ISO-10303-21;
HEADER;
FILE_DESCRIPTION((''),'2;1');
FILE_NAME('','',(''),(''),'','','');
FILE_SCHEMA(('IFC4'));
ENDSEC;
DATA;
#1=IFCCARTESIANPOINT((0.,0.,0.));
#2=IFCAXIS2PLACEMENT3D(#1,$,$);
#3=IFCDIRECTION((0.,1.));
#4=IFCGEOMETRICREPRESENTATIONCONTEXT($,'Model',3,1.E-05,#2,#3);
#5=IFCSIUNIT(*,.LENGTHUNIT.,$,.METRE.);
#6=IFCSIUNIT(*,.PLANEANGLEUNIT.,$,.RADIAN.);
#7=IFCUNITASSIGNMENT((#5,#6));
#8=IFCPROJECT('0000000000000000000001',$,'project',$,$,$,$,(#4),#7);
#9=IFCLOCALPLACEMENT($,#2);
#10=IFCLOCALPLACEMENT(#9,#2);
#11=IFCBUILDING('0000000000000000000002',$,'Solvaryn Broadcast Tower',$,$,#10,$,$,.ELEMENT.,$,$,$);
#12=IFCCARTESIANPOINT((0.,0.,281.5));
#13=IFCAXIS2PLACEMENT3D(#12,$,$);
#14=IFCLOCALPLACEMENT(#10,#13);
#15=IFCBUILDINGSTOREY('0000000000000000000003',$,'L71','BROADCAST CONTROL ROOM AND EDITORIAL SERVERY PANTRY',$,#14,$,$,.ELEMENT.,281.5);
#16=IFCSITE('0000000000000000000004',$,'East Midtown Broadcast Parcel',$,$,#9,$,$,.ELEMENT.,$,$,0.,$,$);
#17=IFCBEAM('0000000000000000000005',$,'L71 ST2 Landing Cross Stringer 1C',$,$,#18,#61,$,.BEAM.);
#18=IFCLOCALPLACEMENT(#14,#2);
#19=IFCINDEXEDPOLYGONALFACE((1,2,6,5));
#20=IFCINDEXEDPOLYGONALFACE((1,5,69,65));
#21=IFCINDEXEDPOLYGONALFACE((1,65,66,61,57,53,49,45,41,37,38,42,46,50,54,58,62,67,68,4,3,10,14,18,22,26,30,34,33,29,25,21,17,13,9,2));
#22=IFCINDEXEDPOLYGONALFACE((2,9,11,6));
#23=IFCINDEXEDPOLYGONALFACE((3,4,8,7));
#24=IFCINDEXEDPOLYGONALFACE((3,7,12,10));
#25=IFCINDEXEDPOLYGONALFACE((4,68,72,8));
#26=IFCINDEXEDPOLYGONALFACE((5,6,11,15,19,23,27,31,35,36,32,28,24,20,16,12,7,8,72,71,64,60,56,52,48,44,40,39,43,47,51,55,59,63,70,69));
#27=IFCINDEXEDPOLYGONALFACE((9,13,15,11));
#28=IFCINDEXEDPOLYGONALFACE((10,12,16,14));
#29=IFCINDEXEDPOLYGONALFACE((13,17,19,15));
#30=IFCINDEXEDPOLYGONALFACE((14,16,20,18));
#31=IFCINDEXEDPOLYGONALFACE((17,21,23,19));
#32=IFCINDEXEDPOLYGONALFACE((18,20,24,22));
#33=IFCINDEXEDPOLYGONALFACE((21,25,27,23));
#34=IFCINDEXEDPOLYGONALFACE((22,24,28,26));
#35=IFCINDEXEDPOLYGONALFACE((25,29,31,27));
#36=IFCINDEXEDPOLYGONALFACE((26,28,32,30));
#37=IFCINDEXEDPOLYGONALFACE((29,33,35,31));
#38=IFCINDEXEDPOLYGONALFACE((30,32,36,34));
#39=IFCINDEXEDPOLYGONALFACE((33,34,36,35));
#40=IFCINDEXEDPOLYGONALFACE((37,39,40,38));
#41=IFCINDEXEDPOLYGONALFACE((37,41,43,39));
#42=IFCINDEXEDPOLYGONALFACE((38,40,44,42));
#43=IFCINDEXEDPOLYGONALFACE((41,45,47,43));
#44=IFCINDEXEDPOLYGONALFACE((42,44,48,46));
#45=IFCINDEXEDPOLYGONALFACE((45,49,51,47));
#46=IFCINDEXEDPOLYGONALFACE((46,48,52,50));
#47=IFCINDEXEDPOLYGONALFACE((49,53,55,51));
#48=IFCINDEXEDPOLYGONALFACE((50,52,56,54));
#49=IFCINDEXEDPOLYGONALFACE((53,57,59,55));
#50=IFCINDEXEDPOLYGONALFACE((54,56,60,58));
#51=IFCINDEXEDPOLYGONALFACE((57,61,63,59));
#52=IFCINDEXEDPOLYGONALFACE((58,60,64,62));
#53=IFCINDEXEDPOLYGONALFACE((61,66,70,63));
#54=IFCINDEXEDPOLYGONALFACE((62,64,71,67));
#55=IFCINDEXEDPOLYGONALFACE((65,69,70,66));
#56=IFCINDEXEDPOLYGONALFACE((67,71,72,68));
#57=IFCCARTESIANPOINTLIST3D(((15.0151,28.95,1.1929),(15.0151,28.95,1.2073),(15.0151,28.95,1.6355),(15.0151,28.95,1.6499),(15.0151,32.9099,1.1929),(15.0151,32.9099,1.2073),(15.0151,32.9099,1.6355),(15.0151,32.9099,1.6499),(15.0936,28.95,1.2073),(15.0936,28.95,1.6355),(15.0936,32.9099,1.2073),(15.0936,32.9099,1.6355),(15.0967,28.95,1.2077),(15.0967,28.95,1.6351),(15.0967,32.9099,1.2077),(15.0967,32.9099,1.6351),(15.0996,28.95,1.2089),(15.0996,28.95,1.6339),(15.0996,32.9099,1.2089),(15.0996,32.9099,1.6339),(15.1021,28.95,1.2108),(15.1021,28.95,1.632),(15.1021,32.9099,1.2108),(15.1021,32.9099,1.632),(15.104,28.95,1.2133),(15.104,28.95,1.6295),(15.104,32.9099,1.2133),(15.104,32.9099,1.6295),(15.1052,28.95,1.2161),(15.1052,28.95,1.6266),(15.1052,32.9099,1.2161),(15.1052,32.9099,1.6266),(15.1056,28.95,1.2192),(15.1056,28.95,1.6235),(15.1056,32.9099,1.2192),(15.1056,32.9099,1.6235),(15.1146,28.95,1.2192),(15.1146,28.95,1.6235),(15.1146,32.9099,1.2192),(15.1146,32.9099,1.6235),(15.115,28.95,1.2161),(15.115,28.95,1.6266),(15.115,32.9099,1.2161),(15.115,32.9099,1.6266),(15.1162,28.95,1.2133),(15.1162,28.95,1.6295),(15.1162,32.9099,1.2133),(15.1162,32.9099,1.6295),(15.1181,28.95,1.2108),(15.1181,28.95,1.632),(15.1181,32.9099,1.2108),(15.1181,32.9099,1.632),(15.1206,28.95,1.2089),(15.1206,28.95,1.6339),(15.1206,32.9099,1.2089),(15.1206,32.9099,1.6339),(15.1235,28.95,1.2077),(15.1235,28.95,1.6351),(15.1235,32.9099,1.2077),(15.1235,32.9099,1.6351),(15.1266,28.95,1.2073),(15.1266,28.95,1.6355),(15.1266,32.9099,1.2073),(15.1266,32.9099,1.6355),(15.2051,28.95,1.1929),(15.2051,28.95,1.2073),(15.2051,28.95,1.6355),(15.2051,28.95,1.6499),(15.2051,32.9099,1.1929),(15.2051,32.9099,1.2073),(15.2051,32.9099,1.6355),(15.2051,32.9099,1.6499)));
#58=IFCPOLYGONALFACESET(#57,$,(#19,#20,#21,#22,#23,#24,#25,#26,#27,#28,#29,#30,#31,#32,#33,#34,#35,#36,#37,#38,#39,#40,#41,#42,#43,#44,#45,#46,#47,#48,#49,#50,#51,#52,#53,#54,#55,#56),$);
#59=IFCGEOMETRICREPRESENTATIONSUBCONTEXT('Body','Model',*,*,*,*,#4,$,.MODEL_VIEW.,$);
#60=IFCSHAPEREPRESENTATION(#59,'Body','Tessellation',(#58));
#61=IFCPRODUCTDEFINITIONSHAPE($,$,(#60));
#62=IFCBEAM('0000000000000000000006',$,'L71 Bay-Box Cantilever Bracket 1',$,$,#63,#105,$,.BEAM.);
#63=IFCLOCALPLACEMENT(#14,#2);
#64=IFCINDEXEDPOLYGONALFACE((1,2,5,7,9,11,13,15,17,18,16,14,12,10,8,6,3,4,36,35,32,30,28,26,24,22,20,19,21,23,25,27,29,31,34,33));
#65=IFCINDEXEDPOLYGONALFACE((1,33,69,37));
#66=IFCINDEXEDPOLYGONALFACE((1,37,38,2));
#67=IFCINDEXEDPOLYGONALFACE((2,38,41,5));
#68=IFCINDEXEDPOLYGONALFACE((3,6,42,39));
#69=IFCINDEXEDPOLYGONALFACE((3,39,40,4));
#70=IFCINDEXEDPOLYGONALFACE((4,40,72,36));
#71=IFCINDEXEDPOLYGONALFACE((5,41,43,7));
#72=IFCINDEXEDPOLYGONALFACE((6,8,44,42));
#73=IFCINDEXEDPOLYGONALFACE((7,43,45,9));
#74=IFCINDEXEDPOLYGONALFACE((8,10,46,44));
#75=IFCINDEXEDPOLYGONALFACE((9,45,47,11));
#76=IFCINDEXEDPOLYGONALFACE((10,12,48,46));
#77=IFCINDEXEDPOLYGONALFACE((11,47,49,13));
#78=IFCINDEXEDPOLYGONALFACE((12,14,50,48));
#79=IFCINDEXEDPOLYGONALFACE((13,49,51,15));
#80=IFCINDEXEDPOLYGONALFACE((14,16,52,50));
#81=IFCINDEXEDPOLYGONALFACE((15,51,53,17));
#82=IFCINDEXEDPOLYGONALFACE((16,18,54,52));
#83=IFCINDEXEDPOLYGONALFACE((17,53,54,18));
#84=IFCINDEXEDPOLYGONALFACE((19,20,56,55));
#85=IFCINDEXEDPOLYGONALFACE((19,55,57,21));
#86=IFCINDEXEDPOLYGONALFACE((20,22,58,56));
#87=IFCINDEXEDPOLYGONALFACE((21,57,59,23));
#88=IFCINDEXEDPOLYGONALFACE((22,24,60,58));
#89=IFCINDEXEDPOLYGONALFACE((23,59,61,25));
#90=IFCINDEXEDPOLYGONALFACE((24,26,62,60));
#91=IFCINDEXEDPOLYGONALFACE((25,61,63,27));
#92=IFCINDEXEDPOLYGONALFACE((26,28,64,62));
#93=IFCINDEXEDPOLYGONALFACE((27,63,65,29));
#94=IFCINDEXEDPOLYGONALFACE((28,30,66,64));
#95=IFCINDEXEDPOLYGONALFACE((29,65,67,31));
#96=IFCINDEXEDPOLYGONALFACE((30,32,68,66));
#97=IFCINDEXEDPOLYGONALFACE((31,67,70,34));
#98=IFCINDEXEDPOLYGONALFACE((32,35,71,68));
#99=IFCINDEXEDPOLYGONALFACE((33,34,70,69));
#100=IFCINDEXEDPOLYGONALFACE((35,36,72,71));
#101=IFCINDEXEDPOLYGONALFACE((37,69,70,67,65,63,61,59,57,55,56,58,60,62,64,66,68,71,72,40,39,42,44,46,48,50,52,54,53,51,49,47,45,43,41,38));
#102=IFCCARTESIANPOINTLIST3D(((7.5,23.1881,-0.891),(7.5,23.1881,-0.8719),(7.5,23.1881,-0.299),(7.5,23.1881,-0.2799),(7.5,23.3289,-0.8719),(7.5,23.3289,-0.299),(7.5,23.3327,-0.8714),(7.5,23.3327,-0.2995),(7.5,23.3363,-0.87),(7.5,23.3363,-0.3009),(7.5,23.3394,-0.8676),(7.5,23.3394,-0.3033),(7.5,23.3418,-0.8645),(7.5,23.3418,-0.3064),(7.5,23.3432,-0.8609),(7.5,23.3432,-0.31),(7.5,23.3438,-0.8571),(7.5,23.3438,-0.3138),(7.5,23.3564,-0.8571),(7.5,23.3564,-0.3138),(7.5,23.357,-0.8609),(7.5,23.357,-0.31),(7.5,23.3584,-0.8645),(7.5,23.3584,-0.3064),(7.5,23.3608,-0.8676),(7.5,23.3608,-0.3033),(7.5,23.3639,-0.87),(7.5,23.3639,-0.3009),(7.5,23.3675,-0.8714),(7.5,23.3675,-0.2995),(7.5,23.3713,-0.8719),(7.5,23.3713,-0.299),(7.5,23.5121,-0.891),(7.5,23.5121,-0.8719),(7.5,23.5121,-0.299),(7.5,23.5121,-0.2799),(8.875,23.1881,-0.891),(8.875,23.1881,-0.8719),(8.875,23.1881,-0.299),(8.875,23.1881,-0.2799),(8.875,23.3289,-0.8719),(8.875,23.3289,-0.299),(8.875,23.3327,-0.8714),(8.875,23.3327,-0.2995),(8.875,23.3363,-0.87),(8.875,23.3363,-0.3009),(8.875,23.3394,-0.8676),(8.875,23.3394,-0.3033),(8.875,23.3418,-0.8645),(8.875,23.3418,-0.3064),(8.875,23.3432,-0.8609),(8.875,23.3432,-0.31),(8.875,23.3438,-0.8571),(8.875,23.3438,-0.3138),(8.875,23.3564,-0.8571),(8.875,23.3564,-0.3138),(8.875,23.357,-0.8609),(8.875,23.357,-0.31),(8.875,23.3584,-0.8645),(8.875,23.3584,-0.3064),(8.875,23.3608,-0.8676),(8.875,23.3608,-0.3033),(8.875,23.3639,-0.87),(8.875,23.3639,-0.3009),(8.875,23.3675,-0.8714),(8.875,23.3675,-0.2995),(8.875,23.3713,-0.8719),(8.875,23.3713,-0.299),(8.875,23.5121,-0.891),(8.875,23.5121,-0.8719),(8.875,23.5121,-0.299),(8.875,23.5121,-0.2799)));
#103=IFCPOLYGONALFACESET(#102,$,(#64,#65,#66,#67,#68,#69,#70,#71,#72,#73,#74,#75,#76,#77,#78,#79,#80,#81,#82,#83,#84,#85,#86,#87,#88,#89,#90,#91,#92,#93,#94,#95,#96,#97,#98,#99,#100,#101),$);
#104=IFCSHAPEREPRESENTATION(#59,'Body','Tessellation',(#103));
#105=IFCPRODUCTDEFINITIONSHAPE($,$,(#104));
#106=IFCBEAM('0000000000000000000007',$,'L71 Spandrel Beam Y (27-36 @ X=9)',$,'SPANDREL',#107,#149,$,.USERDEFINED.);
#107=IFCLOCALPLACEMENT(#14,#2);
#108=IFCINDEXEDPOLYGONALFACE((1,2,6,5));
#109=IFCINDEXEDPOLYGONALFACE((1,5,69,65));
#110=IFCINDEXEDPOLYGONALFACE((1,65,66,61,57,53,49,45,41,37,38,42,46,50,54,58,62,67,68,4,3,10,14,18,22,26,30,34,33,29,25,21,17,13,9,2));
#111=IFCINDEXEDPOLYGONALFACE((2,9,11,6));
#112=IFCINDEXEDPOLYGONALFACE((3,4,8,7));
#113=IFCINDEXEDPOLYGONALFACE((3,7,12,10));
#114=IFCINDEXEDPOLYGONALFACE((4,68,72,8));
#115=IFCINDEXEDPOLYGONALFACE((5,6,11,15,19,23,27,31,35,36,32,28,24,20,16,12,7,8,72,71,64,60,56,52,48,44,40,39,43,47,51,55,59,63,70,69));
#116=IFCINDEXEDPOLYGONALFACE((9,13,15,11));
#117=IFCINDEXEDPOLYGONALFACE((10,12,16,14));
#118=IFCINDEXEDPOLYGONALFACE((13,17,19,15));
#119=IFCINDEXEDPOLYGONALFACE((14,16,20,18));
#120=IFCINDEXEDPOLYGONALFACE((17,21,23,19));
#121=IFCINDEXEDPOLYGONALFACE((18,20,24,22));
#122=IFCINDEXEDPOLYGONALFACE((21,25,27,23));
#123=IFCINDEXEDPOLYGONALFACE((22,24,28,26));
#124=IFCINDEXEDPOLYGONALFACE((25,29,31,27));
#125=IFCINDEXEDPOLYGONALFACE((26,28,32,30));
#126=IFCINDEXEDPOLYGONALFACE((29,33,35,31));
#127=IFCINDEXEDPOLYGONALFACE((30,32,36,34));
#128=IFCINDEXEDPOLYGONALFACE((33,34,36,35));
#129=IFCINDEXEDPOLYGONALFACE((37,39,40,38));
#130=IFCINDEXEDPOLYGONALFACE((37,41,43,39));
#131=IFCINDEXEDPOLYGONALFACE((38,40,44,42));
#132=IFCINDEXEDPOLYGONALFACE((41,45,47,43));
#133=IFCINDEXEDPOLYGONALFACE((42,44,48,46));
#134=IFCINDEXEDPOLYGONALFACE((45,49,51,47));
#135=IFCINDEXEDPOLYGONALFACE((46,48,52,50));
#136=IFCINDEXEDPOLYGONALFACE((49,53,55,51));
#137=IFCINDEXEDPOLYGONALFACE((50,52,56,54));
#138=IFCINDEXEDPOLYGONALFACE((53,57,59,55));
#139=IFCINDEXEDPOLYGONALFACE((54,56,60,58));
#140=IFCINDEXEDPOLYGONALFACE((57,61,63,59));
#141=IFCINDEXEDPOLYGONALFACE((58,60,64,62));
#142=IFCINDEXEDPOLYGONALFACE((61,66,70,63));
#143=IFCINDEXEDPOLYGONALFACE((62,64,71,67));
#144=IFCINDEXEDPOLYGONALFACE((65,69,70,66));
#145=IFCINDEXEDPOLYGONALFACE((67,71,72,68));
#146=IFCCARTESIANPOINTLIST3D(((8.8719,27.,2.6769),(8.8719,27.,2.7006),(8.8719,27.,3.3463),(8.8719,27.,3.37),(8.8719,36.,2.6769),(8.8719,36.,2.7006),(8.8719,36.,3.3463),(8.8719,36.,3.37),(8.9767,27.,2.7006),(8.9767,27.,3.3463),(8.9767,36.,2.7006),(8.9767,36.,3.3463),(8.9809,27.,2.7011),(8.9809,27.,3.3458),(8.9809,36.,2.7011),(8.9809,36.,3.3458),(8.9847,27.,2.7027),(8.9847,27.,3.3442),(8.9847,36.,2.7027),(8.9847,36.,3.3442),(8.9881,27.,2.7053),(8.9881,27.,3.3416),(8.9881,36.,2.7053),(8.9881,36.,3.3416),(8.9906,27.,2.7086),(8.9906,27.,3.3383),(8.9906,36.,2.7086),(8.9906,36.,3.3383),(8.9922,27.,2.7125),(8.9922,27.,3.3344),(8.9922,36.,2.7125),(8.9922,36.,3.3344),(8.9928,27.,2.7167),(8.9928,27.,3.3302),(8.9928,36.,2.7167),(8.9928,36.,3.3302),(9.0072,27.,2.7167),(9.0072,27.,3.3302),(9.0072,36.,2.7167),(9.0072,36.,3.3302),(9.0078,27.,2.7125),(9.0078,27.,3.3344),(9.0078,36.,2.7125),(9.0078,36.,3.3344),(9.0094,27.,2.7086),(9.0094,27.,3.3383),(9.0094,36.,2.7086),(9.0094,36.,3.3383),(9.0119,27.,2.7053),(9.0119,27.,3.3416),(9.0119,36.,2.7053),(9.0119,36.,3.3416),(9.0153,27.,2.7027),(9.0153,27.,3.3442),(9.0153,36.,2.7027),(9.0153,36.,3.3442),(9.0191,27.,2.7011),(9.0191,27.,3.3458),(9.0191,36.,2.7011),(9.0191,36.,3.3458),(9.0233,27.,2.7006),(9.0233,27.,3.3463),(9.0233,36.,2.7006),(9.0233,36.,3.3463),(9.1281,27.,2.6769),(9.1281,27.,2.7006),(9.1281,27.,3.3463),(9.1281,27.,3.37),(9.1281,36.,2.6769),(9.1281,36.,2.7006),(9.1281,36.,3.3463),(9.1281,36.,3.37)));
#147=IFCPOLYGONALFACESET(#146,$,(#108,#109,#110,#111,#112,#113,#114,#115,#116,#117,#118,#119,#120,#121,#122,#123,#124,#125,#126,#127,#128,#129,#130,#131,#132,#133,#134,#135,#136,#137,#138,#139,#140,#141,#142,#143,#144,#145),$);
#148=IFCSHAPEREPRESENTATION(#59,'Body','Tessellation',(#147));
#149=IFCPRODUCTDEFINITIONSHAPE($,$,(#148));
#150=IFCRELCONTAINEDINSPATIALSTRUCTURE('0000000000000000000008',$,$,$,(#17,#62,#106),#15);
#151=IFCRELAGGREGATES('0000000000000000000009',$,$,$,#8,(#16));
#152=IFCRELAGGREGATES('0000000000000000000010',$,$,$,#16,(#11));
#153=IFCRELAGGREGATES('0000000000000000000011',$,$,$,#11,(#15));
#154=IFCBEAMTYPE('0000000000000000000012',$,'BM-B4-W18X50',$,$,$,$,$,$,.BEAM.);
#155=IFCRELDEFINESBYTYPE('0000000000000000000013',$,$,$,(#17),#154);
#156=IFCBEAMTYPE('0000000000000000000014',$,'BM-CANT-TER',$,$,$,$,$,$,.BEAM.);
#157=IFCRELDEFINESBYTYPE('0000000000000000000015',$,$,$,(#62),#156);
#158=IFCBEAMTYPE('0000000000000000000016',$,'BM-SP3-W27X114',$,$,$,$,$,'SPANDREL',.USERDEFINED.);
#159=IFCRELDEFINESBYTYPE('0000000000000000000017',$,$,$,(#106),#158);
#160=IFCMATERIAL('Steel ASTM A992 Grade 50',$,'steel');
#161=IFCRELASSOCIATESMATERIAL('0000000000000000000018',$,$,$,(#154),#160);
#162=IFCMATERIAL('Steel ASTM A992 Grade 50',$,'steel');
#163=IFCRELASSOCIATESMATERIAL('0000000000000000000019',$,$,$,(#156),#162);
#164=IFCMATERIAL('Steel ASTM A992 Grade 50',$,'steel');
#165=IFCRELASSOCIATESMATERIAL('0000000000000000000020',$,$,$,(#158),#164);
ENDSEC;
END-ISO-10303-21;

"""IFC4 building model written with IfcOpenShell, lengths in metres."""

from ifc_helpers import new_model, si_unit, direction, frame, origin, origin_2d, place, context, subcontext, project, spatial, i_section, extrude, material, material_profile, profile_set, type_object, element, save


model = new_model("IFC4")

# Units and contexts
model_context = context("Model", 3, precision=1e-05, world=origin(), true_north=direction((0.0, 1.0)))
body_context = subcontext(model_context, "Body", "Model", "MODEL_VIEW")
ifc_project = project(units=[si_unit("LENGTHUNIT", "METRE"), si_unit("PLANEANGLEUNIT", "RADIAN")], contexts=[model_context])

# Site, building, storey
site_placement = place(None, origin())
site = spatial("IfcSite", under=ifc_project, at=site_placement, Name="East Midtown Broadcast Parcel", CompositionType="ELEMENT", RefElevation=0.0)
building_placement = place(site_placement, origin())
building = spatial("IfcBuilding", under=site, at=building_placement, Name="Solvaryn Broadcast Tower", CompositionType="ELEMENT")
storey_placement = place(building_placement, frame((0.0, 0.0, 281.5)))
storey = spatial("IfcBuildingStorey", under=building, at=storey_placement, Name="L71", Description="BROADCAST CONTROL ROOM AND EDITORIAL SERVERY PANTRY", CompositionType="ELEMENT", Elevation=281.5)

# Beams
ifc_material_1 = material(Name="Steel ASTM A992 Grade 50", Category="steel")
ifc_material_profile_1 = material_profile(ifc_material_1, i_section(OverallWidth=0.1899, OverallDepth=0.457, WebThickness=0.009, FlangeThickness=0.0144, FilletRadius=0.012, at=origin_2d()))
ifc_profile_set_1 = profile_set([ifc_material_profile_1], Name="Steel ASTM A992 Grade 50")
beam_type_1 = type_object("IfcBeamType", Name="BM-B4-W18X50", PredefinedType="BEAM", material=ifc_profile_set_1)
beam_1_placement = place(storey_placement, frame((15.1101, 28.95, 1.4214), z_axis=(0.0, 1.0, 0.0), x_axis=(-1.0, 0.0, 0.0)))
element("IfcBeam", 1, at=beam_1_placement, inside=storey, type_object=beam_type_1, Name="L71 ST2 Landing Cross Stringer 1C", PredefinedType="BEAM", context=body_context, shape_type="SweptSolid", body=[
    extrude(i_section(OverallWidth=0.1899, OverallDepth=0.457, WebThickness=0.009, FlangeThickness=0.0144, FilletRadius=0.012, at=origin_2d()), origin(), (0.0, 0.0, 1.0), 3.96),
])
ifc_material_2 = material(Name="Steel ASTM A992 Grade 50", Category="steel")
ifc_material_profile_2 = material_profile(ifc_material_2, i_section(OverallWidth=0.324, OverallDepth=0.6111, WebThickness=0.0127, FlangeThickness=0.019, FilletRadius=0.0149, at=origin_2d()))
ifc_profile_set_2 = profile_set([ifc_material_profile_2], Name="Steel ASTM A992 Grade 50")
beam_type_2 = type_object("IfcBeamType", Name="BM-CANT-TER", PredefinedType="BEAM", material=ifc_profile_set_2)
beam_2_placement = place(storey_placement, frame((8.875, 23.3501, -0.5854), z_axis=(-1.0, 0.0, 0.0), x_axis=(0.0, -1.0, 0.0)))
element("IfcBeam", 2, at=beam_2_placement, inside=storey, type_object=beam_type_2, Name="L71 Bay-Box Cantilever Bracket 1", PredefinedType="BEAM", context=body_context, shape_type="SweptSolid", body=[
    extrude(i_section(OverallWidth=0.324, OverallDepth=0.6111, WebThickness=0.0127, FlangeThickness=0.019, FilletRadius=0.0149, at=origin_2d()), origin(), (0.0, 0.0, 1.0), 1.375),
])
ifc_material_3 = material(Name="Steel ASTM A992 Grade 50", Category="steel")
ifc_material_profile_3 = material_profile(ifc_material_3, i_section(OverallWidth=0.2561, OverallDepth=0.6931, WebThickness=0.0144, FlangeThickness=0.0237, FilletRadius=0.0161, at=origin_2d()))
ifc_profile_set_3 = profile_set([ifc_material_profile_3], Name="Steel ASTM A992 Grade 50")
beam_type_3 = type_object("IfcBeamType", Name="BM-SP3-W27X114", ElementType="SPANDREL", PredefinedType="USERDEFINED", material=ifc_profile_set_3)
beam_3_placement = place(storey_placement, frame((9.0, 27.0, 3.0234), z_axis=(0.0, 1.0, 0.0), x_axis=(-1.0, 0.0, 0.0)))
element("IfcBeam", 3, at=beam_3_placement, inside=storey, type_object=beam_type_3, Name="L71 Spandrel Beam Y (27-36 @ X=9)", ObjectType="SPANDREL", PredefinedType="USERDEFINED", context=body_context, shape_type="SweptSolid", body=[
    extrude(i_section(OverallWidth=0.2561, OverallDepth=0.6931, WebThickness=0.0144, FlangeThickness=0.0237, FilletRadius=0.0161, at=origin_2d()), origin(), (0.0, 0.0, 1.0), 9.0),
])

save(model, "model.ifc")
